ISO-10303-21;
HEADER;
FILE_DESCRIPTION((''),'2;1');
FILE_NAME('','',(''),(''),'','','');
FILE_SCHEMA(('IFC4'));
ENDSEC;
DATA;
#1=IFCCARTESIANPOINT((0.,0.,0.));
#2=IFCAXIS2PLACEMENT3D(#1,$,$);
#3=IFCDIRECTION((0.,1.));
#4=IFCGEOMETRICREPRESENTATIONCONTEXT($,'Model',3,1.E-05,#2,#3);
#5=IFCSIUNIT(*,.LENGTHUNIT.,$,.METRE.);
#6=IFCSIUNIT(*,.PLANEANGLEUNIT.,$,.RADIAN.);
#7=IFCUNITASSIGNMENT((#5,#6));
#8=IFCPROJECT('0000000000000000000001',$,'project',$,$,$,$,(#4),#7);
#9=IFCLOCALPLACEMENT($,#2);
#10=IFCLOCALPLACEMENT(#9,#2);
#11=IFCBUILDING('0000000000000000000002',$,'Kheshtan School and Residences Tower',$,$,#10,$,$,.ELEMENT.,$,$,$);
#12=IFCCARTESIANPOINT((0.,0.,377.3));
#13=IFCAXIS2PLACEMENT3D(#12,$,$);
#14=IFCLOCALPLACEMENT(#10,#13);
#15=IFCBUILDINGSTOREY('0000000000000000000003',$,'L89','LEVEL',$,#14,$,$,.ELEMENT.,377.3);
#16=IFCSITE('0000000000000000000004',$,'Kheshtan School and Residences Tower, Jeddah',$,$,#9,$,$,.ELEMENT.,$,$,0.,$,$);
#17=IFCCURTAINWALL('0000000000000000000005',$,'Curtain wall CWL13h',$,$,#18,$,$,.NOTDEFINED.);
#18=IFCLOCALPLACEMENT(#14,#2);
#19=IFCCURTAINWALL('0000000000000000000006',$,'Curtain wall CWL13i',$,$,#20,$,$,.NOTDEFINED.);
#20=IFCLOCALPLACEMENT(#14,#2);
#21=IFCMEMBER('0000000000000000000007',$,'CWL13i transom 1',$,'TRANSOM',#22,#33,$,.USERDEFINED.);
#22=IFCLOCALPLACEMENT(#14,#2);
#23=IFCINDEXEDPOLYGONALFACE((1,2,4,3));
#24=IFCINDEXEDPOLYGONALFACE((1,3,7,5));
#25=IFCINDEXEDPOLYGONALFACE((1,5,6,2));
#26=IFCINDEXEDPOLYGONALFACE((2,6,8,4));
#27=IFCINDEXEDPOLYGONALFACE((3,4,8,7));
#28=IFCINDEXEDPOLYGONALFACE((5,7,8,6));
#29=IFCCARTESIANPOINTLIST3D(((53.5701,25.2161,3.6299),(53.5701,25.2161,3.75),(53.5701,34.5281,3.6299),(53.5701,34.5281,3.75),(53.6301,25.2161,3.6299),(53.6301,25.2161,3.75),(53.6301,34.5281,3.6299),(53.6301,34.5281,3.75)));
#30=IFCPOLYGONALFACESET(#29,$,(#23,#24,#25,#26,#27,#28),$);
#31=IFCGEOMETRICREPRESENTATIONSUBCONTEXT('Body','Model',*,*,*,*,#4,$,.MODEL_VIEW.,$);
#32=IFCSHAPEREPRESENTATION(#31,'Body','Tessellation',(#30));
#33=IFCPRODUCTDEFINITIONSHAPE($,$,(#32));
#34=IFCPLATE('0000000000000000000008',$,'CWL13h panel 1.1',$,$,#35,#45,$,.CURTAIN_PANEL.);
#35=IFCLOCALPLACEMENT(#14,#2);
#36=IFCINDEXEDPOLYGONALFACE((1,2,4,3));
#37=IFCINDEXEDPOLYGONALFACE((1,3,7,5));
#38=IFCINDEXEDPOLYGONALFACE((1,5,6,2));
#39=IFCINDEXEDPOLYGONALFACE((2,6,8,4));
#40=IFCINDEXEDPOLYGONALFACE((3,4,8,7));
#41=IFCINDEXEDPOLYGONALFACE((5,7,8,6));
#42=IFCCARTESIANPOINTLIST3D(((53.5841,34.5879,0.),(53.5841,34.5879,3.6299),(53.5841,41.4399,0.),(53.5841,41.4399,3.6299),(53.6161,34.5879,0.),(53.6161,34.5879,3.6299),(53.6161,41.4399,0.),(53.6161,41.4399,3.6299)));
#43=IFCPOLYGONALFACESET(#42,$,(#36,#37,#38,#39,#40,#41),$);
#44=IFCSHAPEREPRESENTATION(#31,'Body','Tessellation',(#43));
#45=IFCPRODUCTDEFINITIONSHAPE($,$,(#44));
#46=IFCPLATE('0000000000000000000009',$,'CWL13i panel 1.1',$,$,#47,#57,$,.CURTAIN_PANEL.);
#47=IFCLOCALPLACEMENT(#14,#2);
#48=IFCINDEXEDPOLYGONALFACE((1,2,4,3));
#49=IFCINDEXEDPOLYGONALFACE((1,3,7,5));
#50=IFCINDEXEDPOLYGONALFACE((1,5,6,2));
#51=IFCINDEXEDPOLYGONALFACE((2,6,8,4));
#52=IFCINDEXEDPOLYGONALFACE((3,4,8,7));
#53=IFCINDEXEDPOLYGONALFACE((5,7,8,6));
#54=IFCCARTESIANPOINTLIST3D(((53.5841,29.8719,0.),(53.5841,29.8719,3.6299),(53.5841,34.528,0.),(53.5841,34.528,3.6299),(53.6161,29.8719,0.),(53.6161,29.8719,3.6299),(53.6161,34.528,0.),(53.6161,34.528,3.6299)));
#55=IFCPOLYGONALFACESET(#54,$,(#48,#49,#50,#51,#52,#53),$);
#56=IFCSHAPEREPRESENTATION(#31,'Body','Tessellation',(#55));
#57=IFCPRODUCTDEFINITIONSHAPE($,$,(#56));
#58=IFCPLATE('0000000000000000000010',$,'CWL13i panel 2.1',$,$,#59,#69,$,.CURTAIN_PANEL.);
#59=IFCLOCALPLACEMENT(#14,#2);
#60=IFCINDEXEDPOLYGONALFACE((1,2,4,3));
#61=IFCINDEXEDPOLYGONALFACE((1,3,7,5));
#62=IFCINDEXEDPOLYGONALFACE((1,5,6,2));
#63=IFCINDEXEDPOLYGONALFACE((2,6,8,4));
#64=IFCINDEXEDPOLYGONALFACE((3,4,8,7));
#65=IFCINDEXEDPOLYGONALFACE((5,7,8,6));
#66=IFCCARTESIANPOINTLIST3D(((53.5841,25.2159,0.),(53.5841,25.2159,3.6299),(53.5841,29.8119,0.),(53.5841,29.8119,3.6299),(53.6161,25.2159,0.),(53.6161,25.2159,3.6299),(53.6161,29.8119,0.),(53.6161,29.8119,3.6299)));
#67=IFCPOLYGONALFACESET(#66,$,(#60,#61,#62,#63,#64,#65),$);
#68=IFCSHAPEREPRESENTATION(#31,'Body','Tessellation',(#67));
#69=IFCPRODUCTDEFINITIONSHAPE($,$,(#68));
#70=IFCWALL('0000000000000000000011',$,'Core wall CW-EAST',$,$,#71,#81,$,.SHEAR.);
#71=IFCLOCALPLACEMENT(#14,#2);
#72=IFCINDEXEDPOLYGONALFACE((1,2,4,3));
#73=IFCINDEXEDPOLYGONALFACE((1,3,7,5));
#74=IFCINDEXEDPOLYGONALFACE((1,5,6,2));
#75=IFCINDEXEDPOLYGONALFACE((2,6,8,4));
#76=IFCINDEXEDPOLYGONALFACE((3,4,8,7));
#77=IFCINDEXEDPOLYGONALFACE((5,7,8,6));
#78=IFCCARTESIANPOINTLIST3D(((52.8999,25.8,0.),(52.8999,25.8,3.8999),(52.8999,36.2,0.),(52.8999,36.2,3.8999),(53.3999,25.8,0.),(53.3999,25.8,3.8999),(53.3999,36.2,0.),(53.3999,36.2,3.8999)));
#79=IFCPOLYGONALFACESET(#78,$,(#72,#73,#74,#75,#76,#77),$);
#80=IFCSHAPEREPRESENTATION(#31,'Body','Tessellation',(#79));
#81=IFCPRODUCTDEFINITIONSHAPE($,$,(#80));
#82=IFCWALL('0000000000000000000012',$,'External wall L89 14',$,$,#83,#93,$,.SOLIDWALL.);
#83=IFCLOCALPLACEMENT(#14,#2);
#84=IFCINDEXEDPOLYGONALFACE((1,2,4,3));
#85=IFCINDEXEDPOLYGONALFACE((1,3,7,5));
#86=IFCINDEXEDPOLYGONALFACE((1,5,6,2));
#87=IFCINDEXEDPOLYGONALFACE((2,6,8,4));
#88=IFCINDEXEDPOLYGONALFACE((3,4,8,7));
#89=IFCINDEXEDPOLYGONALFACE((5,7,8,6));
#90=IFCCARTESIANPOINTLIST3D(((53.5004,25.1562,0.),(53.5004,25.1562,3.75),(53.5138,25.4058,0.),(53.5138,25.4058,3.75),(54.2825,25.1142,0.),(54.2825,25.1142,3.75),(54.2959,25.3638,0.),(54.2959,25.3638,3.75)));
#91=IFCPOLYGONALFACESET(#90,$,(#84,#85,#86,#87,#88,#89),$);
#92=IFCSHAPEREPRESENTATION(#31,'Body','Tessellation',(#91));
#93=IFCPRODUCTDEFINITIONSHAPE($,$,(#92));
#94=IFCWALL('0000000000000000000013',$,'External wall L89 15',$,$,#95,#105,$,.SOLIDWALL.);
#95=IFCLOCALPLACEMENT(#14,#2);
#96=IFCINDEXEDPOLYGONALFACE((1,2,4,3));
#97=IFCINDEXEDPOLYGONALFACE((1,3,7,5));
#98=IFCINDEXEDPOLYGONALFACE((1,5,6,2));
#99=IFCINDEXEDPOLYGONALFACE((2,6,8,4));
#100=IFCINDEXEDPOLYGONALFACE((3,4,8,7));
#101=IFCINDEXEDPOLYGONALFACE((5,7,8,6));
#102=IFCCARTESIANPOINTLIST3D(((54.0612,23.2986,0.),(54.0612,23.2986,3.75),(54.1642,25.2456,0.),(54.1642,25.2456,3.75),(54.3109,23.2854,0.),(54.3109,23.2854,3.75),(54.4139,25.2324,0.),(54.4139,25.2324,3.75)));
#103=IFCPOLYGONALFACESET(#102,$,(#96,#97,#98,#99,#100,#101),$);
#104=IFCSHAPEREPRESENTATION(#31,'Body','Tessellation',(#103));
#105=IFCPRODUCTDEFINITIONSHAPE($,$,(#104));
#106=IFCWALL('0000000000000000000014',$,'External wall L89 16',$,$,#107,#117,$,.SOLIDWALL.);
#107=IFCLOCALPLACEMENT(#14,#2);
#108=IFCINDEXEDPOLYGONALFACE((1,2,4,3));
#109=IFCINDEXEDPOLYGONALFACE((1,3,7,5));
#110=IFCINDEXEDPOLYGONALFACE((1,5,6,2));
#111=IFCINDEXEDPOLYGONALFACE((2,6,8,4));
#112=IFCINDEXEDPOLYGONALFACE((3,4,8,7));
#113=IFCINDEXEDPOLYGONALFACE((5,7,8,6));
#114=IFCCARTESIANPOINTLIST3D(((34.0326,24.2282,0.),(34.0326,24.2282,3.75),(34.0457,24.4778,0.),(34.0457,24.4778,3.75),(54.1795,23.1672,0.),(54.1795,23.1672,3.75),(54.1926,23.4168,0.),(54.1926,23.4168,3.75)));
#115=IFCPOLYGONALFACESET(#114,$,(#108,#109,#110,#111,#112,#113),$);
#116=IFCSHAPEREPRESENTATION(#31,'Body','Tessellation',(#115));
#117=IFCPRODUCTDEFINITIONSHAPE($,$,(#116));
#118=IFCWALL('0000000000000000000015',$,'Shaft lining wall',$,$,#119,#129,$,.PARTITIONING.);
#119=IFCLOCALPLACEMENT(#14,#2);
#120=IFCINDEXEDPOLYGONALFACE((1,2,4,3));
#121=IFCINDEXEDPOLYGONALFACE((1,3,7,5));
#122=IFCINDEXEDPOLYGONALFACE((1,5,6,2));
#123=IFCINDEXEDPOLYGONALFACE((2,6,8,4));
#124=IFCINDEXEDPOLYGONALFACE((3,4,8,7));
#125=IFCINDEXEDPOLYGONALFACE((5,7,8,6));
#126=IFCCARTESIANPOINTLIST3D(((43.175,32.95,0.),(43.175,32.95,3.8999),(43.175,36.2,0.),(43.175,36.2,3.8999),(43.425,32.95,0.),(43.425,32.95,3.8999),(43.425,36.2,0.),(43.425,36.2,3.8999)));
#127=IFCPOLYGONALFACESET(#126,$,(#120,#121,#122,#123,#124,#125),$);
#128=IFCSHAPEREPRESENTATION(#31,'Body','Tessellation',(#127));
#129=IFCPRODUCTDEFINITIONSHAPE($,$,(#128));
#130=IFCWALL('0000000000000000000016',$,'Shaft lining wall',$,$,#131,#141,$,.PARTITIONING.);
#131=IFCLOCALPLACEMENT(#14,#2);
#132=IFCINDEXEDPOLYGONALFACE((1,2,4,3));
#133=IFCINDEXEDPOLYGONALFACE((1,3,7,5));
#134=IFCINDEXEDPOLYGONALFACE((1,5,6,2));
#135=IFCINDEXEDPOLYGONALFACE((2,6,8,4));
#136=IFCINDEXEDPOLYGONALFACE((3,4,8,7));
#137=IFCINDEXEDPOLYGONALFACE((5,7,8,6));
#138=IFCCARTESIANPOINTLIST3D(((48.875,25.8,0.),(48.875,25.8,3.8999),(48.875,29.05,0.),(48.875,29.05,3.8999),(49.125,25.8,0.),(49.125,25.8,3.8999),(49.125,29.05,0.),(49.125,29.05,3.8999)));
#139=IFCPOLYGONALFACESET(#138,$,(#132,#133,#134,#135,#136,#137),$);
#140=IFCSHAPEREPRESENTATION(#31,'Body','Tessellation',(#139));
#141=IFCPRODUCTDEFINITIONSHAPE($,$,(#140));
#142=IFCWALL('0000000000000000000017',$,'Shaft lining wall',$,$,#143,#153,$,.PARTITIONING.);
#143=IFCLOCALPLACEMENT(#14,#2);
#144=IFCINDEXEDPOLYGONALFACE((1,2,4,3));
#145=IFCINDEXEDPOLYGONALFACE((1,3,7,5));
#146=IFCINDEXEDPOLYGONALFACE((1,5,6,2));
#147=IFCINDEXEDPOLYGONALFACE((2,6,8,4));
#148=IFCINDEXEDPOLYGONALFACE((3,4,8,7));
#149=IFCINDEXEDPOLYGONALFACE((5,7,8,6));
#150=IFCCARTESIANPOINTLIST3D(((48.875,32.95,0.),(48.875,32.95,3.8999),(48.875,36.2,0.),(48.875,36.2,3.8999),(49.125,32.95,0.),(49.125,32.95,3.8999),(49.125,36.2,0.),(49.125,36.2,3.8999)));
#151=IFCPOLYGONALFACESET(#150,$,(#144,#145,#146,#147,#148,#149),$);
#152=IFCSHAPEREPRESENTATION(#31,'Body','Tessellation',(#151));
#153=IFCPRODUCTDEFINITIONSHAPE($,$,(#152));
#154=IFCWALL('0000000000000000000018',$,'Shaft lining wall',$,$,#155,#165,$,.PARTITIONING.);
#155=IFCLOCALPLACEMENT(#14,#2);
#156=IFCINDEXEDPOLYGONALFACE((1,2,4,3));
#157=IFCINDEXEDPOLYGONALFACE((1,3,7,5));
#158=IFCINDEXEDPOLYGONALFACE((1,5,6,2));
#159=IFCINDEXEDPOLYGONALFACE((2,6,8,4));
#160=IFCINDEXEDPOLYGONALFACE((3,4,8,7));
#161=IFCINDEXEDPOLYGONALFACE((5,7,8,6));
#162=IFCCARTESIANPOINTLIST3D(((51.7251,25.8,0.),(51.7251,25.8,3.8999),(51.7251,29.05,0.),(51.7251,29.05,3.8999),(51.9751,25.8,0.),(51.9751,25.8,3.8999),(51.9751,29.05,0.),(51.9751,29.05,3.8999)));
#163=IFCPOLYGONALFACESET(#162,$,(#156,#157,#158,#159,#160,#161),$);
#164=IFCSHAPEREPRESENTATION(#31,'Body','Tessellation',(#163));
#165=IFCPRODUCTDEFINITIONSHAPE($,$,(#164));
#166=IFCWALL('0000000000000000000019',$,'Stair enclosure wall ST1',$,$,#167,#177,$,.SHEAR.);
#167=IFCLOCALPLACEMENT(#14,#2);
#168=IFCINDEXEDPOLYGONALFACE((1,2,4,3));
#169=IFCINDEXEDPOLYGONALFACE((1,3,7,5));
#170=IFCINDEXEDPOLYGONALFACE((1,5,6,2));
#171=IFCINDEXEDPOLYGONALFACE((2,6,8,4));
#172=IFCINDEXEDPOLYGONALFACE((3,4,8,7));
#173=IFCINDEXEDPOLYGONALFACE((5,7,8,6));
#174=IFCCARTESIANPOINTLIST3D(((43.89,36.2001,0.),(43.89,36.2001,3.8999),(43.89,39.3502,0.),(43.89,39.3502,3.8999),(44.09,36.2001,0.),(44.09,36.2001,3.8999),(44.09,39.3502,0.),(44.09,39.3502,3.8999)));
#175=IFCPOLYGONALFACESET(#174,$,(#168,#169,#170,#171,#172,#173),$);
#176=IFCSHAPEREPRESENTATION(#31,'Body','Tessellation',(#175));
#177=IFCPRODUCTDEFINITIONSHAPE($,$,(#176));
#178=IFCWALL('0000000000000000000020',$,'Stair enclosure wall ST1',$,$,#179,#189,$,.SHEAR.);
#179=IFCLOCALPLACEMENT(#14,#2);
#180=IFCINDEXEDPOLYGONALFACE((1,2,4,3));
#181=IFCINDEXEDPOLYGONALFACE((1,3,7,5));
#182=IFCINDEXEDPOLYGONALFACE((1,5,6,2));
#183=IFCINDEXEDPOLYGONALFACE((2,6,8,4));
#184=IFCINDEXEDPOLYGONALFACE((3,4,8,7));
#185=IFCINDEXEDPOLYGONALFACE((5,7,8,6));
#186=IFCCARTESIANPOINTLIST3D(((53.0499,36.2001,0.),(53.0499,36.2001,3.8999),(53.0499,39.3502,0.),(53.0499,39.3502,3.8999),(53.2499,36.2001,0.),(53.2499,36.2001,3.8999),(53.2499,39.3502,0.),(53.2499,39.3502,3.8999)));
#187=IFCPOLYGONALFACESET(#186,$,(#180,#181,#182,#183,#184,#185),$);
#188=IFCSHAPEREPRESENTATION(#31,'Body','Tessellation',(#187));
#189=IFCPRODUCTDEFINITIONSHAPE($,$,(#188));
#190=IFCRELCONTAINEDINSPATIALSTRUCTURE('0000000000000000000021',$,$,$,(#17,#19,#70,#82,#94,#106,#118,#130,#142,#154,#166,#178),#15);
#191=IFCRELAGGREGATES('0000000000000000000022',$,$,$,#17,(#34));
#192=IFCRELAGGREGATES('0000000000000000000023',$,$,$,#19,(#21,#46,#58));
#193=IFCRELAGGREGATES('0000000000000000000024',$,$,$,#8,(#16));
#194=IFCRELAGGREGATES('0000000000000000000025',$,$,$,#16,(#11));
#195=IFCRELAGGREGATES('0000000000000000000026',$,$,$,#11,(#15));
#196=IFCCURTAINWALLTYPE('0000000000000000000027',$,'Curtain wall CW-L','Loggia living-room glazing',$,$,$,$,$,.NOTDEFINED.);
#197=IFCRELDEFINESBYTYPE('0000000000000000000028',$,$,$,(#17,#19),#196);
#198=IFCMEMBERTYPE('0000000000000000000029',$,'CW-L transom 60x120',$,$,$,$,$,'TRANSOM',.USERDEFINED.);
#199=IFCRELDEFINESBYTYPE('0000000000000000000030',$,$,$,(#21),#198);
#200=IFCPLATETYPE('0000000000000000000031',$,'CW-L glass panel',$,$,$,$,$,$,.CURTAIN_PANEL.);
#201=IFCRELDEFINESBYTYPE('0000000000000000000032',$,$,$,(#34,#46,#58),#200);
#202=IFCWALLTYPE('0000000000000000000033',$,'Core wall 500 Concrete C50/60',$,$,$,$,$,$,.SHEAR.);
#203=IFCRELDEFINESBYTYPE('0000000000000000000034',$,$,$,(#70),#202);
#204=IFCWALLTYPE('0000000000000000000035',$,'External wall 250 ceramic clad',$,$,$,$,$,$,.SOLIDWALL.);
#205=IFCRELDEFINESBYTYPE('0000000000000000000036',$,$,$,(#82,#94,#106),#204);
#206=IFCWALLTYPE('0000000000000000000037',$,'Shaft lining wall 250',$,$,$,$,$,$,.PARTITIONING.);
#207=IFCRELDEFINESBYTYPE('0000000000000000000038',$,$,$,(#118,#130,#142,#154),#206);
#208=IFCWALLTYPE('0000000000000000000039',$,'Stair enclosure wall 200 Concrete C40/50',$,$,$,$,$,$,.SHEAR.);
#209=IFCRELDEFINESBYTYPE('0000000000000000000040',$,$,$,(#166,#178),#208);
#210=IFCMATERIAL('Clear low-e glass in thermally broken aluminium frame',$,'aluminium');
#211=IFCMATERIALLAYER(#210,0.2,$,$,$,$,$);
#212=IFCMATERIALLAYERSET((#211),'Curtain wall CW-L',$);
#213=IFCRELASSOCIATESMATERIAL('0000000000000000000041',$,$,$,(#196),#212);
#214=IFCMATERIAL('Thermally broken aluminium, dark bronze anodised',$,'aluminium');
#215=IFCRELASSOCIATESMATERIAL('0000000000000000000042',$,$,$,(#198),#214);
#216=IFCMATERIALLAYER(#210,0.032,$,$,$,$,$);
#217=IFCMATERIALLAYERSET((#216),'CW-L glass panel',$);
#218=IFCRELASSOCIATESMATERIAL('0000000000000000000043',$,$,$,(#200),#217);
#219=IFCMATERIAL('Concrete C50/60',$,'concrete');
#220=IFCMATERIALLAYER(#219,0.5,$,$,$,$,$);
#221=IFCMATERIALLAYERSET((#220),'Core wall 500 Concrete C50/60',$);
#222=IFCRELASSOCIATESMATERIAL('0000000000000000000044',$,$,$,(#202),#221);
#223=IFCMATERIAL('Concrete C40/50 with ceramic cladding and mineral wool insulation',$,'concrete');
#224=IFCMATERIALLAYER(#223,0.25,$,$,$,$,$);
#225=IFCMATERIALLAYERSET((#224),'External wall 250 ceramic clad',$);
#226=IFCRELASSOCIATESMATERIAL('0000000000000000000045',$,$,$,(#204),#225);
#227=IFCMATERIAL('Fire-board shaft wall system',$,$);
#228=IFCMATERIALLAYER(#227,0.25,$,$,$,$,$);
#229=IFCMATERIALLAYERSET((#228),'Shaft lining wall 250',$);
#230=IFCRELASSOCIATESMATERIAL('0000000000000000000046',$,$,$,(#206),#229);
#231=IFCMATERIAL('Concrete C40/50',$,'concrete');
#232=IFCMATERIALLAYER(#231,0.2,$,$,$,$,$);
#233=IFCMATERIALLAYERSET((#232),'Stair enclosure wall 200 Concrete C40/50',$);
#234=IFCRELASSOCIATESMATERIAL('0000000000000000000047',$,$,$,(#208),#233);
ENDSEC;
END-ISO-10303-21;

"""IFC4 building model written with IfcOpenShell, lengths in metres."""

from ifc_helpers import new_model, si_unit, direction, frame, frame_2d, origin, origin_2d, place, context, subcontext, project, spatial, rectangle, extrude, material, layer, layer_set, material_profile, profile_set, type_object, element, aggregate, save


model = new_model("IFC4")

# Units and contexts
model_context = context("Model", 3, precision=1e-05, world=origin(), true_north=direction((0.0, 1.0)))
body_context = subcontext(model_context, "Body", "Model", "MODEL_VIEW")
ifc_project = project(units=[si_unit("LENGTHUNIT", "METRE"), si_unit("PLANEANGLEUNIT", "RADIAN")], contexts=[model_context])

# Site, building, storey
site_placement = place(None, origin())
site = spatial("IfcSite", under=ifc_project, at=site_placement, Name="Kheshtan School and Residences Tower, Jeddah", CompositionType="ELEMENT", RefElevation=0.0)
building_placement = place(site_placement, origin())
building = spatial("IfcBuilding", under=site, at=building_placement, Name="Kheshtan School and Residences Tower", CompositionType="ELEMENT")
storey_placement = place(building_placement, frame((0.0, 0.0, 377.3)))
storey = spatial("IfcBuildingStorey", under=building, at=storey_placement, Name="L89", Description="LEVEL", CompositionType="ELEMENT", Elevation=377.3)

# Curtain wall
ifc_material_1 = material(Name="Clear low-e glass in thermally broken aluminium frame", Category="aluminium")
ifc_layer_1 = layer(ifc_material_1, 0.2)
ifc_layer_set_1 = layer_set([ifc_layer_1], Name="Curtain wall CW-L")
curtain_wall_type = type_object("IfcCurtainWallType", Name="Curtain wall CW-L", Description="Loggia living-room glazing", PredefinedType="NOTDEFINED", material=ifc_layer_set_1)
curtain_wall_1_placement = place(storey_placement, origin())
curtain_wall_1 = element("IfcCurtainWall", 1, at=curtain_wall_1_placement, inside=storey, type_object=curtain_wall_type, Name="Curtain wall CWL13h", PredefinedType="NOTDEFINED")
ifc_material_2 = material(Name="Thermally broken aluminium, dark bronze anodised", Category="aluminium")

# Curtain wall, member
curtain_wall_2_placement = place(storey_placement, origin())
curtain_wall_2 = element("IfcCurtainWall", 2, at=curtain_wall_2_placement, inside=storey, type_object=curtain_wall_type, Name="Curtain wall CWL13i", PredefinedType="NOTDEFINED")
ifc_material_profile_1 = material_profile(ifc_material_2, rectangle(XDim=0.0601, YDim=0.1201, at=origin_2d()), Name="CW-L transom 60x120")
ifc_profile_set_1 = profile_set([ifc_material_profile_1], Name="Thermally broken aluminium, dark bronze anodised")
member_type_1 = type_object("IfcMemberType", Name="CW-L transom 60x120", ElementType="TRANSOM", PredefinedType="USERDEFINED", material=ifc_profile_set_1)
member_1_placement = place(storey_placement, frame((53.6001, 34.5281, 3.6899), z_axis=(0.0, -1.0, 0.0), x_axis=(1.0, 0.0, 0.0)))
member_1 = element("IfcMember", 3, at=member_1_placement, type_object=member_type_1, Name="CWL13i transom 1", ObjectType="TRANSOM", PredefinedType="USERDEFINED", context=body_context, shape_type="SweptSolid", body=[
    extrude(rectangle(XDim=0.0601, YDim=0.1201, at=origin_2d()), origin(), (0.0, 0.0, 1.0), 9.312),
])

# Plates
ifc_layer_2 = layer(ifc_material_1, 0.032)
ifc_layer_set_2 = layer_set([ifc_layer_2], Name="CW-L glass panel")
plate_type = type_object("IfcPlateType", Name="CW-L glass panel", PredefinedType="CURTAIN_PANEL", material=ifc_layer_set_2)
plate_1_placement = place(storey_placement, frame((53.6001, 38.0139, 0.0), z_axis=(0.0, 0.0, 1.0), x_axis=(0.0, -1.0, 0.0)))
plate_1 = element("IfcPlate", 4, at=plate_1_placement, type_object=plate_type, Name="CWL13h panel 1.1", PredefinedType="CURTAIN_PANEL", context=body_context, shape_type="SweptSolid", body=[
    extrude(rectangle(XDim=6.8521, YDim=0.032, at=origin_2d()), origin(), (0.0, 0.0, 1.0), 3.6299),
])
aggregate(curtain_wall_1, [plate_1])
plate_2_placement = place(storey_placement, frame((53.6001, 32.2, 0.0), z_axis=(0.0, 0.0, 1.0), x_axis=(0.0, -1.0, 0.0)))
plate_2 = element("IfcPlate", 5, at=plate_2_placement, type_object=plate_type, Name="CWL13i panel 1.1", PredefinedType="CURTAIN_PANEL", context=body_context, shape_type="SweptSolid", body=[
    extrude(rectangle(XDim=4.656, YDim=0.032, at=origin_2d()), origin(), (0.0, 0.0, 1.0), 3.6299),
])
plate_3_placement = place(storey_placement, frame((53.6001, 27.5139, 0.0), z_axis=(0.0, 0.0, 1.0), x_axis=(0.0, -1.0, 0.0)))
plate_3 = element("IfcPlate", 6, at=plate_3_placement, type_object=plate_type, Name="CWL13i panel 2.1", PredefinedType="CURTAIN_PANEL", context=body_context, shape_type="SweptSolid", body=[
    extrude(rectangle(XDim=4.5959, YDim=0.032, at=origin_2d()), origin(), (0.0, 0.0, 1.0), 3.6299),
])
aggregate(curtain_wall_2, [member_1, plate_2, plate_3])

# Walls
ifc_material_3 = material(Name="Concrete C50/60", Category="concrete")
ifc_layer_3 = layer(ifc_material_3, 0.5)
ifc_layer_set_3 = layer_set([ifc_layer_3], Name="Core wall 500 Concrete C50/60")
wall_type_1 = type_object("IfcWallType", Name="Core wall 500 Concrete C50/60", PredefinedType="SHEAR", material=ifc_layer_set_3)
wall_1_placement = place(storey_placement, frame((53.1499, 25.8, 0.0), z_axis=(0.0, 0.0, 1.0), x_axis=(0.0, 1.0, 0.0)))
element("IfcWall", 7, at=wall_1_placement, inside=storey, type_object=wall_type_1, Name="Core wall CW-EAST", PredefinedType="SHEAR", context=body_context, shape_type="SweptSolid", body=[
    extrude(rectangle(XDim=10.3999, YDim=0.5, at=frame_2d((5.2, 0.0))), origin(), (0.0, 0.0, 1.0), 3.8999),
])
ifc_material_4 = material(Name="Concrete C40/50 with ceramic cladding and mineral wool insulation", Category="concrete")
ifc_layer_4 = layer(ifc_material_4, 0.25)
ifc_layer_set_4 = layer_set([ifc_layer_4], Name="External wall 250 ceramic clad")
wall_type_2 = type_object("IfcWallType", Name="External wall 250 ceramic clad", PredefinedType="SOLIDWALL", material=ifc_layer_set_4)
wall_2_placement = place(storey_placement, frame((53.5071, 25.281, 0.0), z_axis=(0.0, 0.0, 1.0), x_axis=(0.998561, -0.053622, 0.0)))
element("IfcWall", 8, at=wall_2_placement, inside=storey, type_object=wall_type_2, Name="External wall L89 14", PredefinedType="SOLIDWALL", context=body_context, shape_type="SweptSolid", body=[
    extrude(rectangle(XDim=0.7832, YDim=0.25, at=frame_2d((0.3916, 0.0))), origin(), (0.0, 0.0, 1.0), 3.75),
])
wall_3_placement = place(storey_placement, frame((54.2891, 25.239, 0.0), z_axis=(0.0, 0.0, 1.0), x_axis=(-0.052841, -0.998603, 0.0)))
element("IfcWall", 9, at=wall_3_placement, inside=storey, type_object=wall_type_2, Name="External wall L89 15", PredefinedType="SOLIDWALL", context=body_context, shape_type="SweptSolid", body=[
    extrude(rectangle(XDim=1.9497, YDim=0.25, at=frame_2d((0.9749, 0.0))), origin(), (0.0, 0.0, 1.0), 3.75),
])
wall_4_placement = place(storey_placement, frame((54.186, 23.292, 0.0), z_axis=(0.0, 0.0, 1.0), x_axis=(-0.998616, 0.052592, 0.0)))
element("IfcWall", 10, at=wall_4_placement, inside=storey, type_object=wall_type_2, Name="External wall L89 16", PredefinedType="SOLIDWALL", context=body_context, shape_type="SweptSolid", body=[
    extrude(rectangle(XDim=20.1748, YDim=0.25, at=frame_2d((10.0874, 0.0))), origin(), (0.0, 0.0, 1.0), 3.75),
])
ifc_material_5 = material(Name="Fire-board shaft wall system")
ifc_layer_5 = layer(ifc_material_5, 0.25)
ifc_layer_set_5 = layer_set([ifc_layer_5], Name="Shaft lining wall 250")
wall_type_3 = type_object("IfcWallType", Name="Shaft lining wall 250", PredefinedType="PARTITIONING", material=ifc_layer_set_5)
for number, where, z_axis, x_axis, name in (
    (11, (43.3, 32.95, 0.0), (0.0, 0.0, 1.0), (0.0, 1.0, 0.0), "Shaft lining wall"),
    (12, (49.0, 25.8, 0.0), (0.0, 0.0, 1.0), (0.0, 1.0, 0.0), "Shaft lining wall"),
    (13, (49.0, 32.95, 0.0), (0.0, 0.0, 1.0), (0.0, 1.0, 0.0), "Shaft lining wall"),
    (14, (51.8501, 25.8, 0.0), (0.0, 0.0, 1.0), (0.0, 1.0, 0.0), "Shaft lining wall"),
):
    element("IfcWall", number, at=place(storey_placement, frame(where, z_axis=z_axis, x_axis=x_axis)), inside=storey, type_object=wall_type_3, Name=name, PredefinedType="PARTITIONING", context=body_context, shape_type="SweptSolid", body=[
        extrude(rectangle(XDim=3.25, YDim=0.25, at=frame_2d((1.625, 0.0))), origin(), (0.0, 0.0, 1.0), 3.8999),
    ])
ifc_material_6 = material(Name="Concrete C40/50", Category="concrete")
ifc_layer_6 = layer(ifc_material_6, 0.2)
ifc_layer_set_6 = layer_set([ifc_layer_6], Name="Stair enclosure wall 200 Concrete C40/50")
wall_type_4 = type_object("IfcWallType", Name="Stair enclosure wall 200 Concrete C40/50", PredefinedType="SHEAR", material=ifc_layer_set_6)
for number, where, z_axis, x_axis, name in (
    (15, (43.99, 36.2, 0.0), (0.0, 0.0, 1.0), (0.0, 1.0, 0.0), "Stair enclosure wall ST1"),
    (16, (53.1499, 36.2, 0.0), (0.0, 0.0, 1.0), (0.0, 1.0, 0.0), "Stair enclosure wall ST1"),
):
    element("IfcWall", number, at=place(storey_placement, frame(where, z_axis=z_axis, x_axis=x_axis)), inside=storey, type_object=wall_type_4, Name=name, PredefinedType="SHEAR", context=body_context, shape_type="SweptSolid", body=[
        extrude(rectangle(XDim=3.1501, YDim=0.2, at=frame_2d((1.5752, 0.0))), origin(), (0.0, 0.0, 1.0), 3.8999),
    ])

save(model, "model.ifc")
